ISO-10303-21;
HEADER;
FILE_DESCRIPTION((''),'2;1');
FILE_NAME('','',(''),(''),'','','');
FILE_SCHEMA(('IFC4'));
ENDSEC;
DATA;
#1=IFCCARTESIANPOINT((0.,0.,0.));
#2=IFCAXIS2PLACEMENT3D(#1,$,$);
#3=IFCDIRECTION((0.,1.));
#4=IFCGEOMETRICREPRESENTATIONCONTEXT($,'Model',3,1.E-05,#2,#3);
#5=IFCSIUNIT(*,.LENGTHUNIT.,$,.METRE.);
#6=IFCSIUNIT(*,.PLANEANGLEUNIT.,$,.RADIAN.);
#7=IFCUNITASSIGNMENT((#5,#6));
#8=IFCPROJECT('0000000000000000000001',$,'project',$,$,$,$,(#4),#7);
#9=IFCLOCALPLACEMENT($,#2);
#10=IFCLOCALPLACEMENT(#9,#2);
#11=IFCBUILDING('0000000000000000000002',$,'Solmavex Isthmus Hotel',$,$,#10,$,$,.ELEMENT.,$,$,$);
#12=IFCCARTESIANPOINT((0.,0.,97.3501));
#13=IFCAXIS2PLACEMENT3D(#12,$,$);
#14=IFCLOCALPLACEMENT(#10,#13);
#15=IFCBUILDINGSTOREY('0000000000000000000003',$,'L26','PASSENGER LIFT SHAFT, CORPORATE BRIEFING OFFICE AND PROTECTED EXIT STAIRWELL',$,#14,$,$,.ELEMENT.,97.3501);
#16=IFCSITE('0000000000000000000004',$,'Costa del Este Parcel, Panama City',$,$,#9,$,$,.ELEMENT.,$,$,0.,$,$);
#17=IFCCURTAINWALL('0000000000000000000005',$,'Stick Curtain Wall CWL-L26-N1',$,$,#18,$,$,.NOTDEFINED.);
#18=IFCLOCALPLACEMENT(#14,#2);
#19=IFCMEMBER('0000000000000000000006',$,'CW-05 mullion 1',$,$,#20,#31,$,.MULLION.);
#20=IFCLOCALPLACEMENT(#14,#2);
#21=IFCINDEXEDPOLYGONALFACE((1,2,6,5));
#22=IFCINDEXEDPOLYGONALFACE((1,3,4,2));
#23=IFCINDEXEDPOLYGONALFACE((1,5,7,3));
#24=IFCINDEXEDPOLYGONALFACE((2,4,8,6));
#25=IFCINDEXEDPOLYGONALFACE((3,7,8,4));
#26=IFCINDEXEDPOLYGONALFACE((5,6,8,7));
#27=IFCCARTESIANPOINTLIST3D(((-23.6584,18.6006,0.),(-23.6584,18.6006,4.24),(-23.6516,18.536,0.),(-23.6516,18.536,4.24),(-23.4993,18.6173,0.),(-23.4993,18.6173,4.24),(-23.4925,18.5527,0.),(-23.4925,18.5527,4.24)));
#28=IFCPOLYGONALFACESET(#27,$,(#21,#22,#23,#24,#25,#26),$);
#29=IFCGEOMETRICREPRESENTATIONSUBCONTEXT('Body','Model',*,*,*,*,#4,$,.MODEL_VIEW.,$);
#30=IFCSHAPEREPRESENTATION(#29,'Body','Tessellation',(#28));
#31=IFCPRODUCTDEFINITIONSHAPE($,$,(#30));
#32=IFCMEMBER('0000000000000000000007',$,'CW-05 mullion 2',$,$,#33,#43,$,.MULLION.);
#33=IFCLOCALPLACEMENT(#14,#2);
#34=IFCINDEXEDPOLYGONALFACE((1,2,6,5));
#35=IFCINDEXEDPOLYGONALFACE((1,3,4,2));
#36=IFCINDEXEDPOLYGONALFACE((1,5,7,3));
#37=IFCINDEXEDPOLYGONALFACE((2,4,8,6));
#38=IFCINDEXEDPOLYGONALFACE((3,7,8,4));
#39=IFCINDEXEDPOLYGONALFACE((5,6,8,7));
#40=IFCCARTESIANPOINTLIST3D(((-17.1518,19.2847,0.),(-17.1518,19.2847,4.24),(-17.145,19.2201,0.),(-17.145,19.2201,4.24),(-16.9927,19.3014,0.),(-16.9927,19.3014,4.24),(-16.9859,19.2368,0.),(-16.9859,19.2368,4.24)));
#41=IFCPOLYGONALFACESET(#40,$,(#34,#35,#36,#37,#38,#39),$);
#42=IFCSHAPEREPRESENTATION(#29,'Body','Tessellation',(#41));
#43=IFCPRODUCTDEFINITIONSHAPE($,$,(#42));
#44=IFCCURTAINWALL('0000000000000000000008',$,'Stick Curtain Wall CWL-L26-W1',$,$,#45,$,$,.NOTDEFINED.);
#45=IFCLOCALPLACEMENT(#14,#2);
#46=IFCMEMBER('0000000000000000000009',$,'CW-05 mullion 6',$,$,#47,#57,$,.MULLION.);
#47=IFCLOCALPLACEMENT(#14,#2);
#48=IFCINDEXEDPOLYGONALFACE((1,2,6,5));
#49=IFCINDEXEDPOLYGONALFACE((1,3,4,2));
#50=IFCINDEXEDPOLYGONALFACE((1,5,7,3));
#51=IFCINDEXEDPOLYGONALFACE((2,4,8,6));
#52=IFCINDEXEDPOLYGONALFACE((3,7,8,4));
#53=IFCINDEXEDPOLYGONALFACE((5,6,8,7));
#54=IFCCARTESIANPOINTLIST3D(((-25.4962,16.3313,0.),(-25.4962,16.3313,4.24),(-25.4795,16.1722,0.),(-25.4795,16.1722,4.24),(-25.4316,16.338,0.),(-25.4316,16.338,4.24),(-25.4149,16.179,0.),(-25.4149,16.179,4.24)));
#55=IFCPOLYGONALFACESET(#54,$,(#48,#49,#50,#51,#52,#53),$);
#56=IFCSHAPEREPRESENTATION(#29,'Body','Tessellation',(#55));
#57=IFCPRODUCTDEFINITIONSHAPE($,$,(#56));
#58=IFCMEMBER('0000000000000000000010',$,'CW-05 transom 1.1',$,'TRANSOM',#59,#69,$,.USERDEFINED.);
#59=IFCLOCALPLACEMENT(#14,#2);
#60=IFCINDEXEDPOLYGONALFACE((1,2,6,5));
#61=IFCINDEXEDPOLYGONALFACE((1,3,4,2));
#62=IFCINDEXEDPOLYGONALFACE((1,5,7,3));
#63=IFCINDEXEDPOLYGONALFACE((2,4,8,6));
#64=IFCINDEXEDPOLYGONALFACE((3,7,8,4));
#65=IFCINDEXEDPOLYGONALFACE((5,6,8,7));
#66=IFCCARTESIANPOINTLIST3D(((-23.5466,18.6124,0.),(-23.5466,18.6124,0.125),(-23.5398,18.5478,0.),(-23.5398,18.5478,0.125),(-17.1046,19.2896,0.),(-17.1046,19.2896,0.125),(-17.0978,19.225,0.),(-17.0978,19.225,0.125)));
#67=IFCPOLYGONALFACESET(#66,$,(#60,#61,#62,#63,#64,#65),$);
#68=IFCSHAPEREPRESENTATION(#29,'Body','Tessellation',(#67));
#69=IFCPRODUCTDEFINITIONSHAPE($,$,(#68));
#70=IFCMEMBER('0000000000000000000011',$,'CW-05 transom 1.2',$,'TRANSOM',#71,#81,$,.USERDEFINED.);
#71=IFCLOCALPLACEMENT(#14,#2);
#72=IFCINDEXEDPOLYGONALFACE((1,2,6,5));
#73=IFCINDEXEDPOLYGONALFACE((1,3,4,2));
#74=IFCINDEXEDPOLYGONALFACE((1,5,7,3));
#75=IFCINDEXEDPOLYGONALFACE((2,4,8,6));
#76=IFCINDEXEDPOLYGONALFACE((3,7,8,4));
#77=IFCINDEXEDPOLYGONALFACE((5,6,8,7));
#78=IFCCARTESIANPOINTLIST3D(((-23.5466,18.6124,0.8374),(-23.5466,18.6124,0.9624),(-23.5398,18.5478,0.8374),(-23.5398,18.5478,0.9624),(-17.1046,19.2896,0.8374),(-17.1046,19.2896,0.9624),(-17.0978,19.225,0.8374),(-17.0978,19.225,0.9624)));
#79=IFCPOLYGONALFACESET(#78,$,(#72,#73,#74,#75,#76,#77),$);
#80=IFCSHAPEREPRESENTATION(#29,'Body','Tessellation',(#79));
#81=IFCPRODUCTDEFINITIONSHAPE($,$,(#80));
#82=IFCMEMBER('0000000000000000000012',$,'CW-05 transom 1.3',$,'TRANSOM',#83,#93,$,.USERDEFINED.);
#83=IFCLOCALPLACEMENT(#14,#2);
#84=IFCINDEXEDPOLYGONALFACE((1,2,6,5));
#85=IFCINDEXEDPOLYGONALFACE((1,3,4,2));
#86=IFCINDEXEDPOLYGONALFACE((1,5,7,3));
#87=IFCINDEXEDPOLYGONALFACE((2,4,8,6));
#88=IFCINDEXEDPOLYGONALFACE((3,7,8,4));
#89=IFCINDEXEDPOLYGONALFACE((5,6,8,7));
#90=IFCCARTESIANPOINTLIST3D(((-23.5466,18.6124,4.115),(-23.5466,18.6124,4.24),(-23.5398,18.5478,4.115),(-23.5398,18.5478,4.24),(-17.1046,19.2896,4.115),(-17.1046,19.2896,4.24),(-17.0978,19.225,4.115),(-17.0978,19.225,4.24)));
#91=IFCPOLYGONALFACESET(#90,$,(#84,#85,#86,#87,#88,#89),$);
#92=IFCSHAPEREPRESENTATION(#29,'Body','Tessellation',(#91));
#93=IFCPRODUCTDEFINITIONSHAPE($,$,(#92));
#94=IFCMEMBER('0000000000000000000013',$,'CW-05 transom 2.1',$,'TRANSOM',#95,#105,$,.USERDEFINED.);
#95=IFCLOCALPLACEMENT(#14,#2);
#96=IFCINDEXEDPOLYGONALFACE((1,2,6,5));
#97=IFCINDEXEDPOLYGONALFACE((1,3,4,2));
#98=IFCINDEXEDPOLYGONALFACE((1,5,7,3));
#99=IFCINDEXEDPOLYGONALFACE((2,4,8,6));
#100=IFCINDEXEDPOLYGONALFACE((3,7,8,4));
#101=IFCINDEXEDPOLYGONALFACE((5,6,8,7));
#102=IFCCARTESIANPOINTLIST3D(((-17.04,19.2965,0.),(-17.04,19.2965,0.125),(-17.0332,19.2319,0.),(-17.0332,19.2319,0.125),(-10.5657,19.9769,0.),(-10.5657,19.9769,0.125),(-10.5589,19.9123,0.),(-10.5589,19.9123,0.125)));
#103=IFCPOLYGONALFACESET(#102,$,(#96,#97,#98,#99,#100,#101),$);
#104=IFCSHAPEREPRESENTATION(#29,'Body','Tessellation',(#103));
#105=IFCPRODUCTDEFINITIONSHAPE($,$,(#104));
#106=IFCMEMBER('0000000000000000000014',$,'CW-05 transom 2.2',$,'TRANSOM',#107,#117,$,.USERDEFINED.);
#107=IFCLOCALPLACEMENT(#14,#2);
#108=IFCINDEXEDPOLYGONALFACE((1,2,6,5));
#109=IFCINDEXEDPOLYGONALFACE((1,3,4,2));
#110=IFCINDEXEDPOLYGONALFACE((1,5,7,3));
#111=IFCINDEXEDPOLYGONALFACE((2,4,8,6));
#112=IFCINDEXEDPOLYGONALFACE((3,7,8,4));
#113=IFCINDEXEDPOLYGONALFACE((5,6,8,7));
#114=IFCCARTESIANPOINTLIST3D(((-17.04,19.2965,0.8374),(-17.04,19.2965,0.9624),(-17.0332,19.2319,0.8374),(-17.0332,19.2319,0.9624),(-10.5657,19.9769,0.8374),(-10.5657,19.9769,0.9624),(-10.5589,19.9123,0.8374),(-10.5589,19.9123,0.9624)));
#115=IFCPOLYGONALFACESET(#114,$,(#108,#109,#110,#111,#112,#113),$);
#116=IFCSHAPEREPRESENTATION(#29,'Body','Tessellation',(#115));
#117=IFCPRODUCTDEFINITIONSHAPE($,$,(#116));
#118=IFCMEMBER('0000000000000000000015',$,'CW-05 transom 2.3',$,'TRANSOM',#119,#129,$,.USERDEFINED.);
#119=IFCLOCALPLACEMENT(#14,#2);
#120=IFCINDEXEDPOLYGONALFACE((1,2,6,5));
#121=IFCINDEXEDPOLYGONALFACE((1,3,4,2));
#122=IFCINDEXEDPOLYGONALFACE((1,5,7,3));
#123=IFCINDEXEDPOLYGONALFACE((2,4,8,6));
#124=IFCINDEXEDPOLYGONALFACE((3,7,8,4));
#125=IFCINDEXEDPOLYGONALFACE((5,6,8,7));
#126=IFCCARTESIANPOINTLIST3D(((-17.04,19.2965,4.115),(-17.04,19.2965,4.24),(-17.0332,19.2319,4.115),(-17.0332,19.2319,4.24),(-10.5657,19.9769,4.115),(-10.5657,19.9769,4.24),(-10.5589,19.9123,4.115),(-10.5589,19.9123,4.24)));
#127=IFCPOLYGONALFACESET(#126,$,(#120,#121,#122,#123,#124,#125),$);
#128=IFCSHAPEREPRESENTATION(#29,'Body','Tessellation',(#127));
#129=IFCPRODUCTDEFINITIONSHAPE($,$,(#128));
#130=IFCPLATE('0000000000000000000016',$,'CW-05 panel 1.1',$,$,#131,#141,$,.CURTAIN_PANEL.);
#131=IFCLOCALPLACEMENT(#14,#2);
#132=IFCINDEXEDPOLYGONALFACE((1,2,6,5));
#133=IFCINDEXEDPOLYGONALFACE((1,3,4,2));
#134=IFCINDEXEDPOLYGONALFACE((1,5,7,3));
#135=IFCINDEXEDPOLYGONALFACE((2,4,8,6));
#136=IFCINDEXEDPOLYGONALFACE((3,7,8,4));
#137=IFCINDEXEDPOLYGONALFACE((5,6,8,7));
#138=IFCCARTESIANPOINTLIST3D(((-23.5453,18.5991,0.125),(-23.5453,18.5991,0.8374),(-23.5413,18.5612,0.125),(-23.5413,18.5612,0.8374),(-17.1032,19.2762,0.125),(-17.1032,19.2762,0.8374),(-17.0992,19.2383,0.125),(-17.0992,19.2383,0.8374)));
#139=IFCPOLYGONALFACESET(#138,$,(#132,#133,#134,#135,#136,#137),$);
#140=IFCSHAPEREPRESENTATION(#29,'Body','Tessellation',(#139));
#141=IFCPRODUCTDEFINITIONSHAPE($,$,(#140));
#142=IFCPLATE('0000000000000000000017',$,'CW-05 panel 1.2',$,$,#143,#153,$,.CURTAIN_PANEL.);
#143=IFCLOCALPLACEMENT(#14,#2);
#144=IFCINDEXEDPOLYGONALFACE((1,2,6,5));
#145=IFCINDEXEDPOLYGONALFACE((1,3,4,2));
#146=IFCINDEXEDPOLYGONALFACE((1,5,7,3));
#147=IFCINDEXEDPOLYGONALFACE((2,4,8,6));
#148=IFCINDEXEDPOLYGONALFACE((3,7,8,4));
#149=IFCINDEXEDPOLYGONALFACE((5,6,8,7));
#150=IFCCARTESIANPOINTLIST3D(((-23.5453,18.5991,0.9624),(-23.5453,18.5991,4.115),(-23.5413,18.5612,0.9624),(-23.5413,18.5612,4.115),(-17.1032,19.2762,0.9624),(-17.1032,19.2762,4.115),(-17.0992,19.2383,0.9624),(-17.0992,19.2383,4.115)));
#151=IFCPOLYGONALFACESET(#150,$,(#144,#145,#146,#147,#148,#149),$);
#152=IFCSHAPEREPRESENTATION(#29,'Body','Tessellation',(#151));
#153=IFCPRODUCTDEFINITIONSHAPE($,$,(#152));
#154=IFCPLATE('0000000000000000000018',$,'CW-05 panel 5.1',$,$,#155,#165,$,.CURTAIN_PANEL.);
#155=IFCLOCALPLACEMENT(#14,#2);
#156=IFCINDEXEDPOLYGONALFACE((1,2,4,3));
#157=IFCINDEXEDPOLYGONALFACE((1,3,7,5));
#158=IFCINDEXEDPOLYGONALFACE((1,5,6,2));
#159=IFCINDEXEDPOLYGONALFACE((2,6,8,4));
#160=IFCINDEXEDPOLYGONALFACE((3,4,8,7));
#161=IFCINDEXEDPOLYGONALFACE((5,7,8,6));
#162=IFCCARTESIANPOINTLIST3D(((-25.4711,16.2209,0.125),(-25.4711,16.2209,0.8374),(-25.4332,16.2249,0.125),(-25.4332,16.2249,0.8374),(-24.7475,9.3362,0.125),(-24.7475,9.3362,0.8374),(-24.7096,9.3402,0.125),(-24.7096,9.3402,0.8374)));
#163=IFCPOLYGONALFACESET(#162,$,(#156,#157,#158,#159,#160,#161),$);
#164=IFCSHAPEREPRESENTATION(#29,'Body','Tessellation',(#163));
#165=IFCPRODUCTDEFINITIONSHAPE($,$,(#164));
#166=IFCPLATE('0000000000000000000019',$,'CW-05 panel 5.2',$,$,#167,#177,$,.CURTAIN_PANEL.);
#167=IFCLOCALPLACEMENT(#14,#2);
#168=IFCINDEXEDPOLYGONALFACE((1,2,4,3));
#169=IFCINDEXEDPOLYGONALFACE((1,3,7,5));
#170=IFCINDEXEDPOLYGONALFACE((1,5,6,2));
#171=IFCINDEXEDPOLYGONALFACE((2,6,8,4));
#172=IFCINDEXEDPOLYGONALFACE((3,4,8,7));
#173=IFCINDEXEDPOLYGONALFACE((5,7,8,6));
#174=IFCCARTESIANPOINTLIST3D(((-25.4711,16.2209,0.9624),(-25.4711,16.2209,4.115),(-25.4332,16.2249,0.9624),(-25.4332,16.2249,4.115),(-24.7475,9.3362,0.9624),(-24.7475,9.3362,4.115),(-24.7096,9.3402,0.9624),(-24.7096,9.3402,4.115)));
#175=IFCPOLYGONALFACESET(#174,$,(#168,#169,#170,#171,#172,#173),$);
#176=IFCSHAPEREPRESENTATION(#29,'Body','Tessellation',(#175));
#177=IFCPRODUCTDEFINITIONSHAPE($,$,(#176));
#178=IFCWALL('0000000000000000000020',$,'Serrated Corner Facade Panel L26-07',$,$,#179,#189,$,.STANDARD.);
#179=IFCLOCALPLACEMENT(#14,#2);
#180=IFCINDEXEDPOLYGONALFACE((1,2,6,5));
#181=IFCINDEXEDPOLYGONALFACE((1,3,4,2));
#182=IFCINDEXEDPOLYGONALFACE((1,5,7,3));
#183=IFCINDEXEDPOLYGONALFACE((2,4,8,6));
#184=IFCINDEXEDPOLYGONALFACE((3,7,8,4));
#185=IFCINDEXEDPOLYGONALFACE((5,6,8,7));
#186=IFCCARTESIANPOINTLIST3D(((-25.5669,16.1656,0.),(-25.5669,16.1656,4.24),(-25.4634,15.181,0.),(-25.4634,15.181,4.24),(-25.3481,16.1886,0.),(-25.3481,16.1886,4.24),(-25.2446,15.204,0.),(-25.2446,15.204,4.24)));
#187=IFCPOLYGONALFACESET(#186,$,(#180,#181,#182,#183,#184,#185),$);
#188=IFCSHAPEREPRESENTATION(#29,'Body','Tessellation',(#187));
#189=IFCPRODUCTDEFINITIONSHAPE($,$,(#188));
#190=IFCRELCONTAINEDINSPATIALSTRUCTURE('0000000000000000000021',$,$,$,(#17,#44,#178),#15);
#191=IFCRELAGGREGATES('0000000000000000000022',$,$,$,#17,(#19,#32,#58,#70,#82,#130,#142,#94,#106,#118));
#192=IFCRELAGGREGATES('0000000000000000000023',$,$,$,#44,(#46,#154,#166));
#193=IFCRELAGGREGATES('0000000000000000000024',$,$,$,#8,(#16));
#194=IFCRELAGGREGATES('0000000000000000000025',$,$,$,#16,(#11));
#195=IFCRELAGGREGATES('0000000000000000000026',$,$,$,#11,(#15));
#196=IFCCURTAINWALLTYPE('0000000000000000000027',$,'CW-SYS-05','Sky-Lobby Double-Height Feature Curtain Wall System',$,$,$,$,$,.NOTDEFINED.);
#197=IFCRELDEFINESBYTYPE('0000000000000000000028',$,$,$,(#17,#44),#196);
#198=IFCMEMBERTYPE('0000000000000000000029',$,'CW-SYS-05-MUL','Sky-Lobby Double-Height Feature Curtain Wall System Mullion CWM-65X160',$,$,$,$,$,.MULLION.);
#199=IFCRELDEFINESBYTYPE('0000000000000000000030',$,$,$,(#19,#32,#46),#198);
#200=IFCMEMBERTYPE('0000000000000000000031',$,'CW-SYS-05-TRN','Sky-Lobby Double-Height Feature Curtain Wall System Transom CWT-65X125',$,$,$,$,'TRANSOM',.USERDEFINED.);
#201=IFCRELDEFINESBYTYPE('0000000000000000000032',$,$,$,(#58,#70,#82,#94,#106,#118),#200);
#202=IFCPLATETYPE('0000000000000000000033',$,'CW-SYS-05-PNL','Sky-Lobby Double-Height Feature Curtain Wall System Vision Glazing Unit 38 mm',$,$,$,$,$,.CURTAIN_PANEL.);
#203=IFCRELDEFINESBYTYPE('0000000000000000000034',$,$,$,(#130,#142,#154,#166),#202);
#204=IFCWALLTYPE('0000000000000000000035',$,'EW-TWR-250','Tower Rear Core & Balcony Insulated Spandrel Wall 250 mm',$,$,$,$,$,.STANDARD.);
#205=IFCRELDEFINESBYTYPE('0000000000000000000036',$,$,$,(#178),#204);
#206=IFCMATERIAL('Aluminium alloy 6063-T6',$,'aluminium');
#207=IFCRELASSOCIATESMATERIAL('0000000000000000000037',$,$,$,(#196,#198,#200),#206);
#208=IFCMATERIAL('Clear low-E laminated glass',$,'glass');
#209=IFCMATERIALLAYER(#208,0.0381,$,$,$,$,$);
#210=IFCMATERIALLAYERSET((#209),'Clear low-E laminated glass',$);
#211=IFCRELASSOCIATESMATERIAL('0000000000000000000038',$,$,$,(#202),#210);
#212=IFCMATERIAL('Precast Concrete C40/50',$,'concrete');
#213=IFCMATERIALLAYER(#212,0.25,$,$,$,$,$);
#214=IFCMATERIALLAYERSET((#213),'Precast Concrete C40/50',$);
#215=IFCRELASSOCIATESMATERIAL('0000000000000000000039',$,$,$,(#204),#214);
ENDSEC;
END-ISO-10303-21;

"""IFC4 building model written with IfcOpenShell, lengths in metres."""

from ifc_helpers import new_model, si_unit, direction, frame, frame_2d, origin, origin_2d, place, context, subcontext, project, spatial, rectangle, extrude, material, layer, layer_set, material_profile, profile_set, type_object, element, aggregate, save


model = new_model("IFC4")

# Units and contexts
model_context = context("Model", 3, precision=1e-05, world=origin(), true_north=direction((0.0, 1.0)))
body_context = subcontext(model_context, "Body", "Model", "MODEL_VIEW")
ifc_project = project(units=[si_unit("LENGTHUNIT", "METRE"), si_unit("PLANEANGLEUNIT", "RADIAN")], contexts=[model_context])

# Site, building, storey
site_placement = place(None, origin())
site = spatial("IfcSite", under=ifc_project, at=site_placement, Name="Costa del Este Parcel, Panama City", CompositionType="ELEMENT", RefElevation=0.0)
building_placement = place(site_placement, origin())
building = spatial("IfcBuilding", under=site, at=building_placement, Name="Solmavex Isthmus Hotel", CompositionType="ELEMENT")
storey_placement = place(building_placement, frame((0.0, 0.0, 97.3501)))
storey = spatial("IfcBuildingStorey", under=building, at=storey_placement, Name="L26", Description="PASSENGER LIFT SHAFT, CORPORATE BRIEFING OFFICE AND PROTECTED EXIT STAIRWELL", CompositionType="ELEMENT", Elevation=97.3501)

# Curtain wall, members
ifc_material_1 = material(Name="Aluminium alloy 6063-T6", Category="aluminium")
curtain_wall_type = type_object("IfcCurtainWallType", Name="CW-SYS-05", Description="Sky-Lobby Double-Height Feature Curtain Wall System", PredefinedType="NOTDEFINED", material=ifc_material_1)
curtain_wall_1_placement = place(storey_placement, origin())
curtain_wall_1 = element("IfcCurtainWall", 1, at=curtain_wall_1_placement, inside=storey, type_object=curtain_wall_type, Name="Stick Curtain Wall CWL-L26-N1", PredefinedType="NOTDEFINED")
ifc_material_profile_1 = material_profile(ifc_material_1, rectangle(XDim=0.0649, YDim=0.1599, at=origin_2d()), Name="CWM-65X160")
ifc_profile_set_1 = profile_set([ifc_material_profile_1], Name="Aluminium alloy 6063-T6")
member_type_1 = type_object("IfcMemberType", Name="CW-SYS-05-MUL", Description="Sky-Lobby Double-Height Feature Curtain Wall System Mullion CWM-65X160", PredefinedType="MULLION", material=ifc_profile_set_1)
member_1_placement = place(storey_placement, frame((-23.5754, 18.5767, 0.0), z_axis=(0.0, 0.0, 1.0), x_axis=(-0.104528, 0.994522, 0.0)))
member_1 = element("IfcMember", 2, at=member_1_placement, type_object=member_type_1, Name="CW-05 mullion 1", PredefinedType="MULLION", context=body_context, shape_type="SweptSolid", body=[
    extrude(rectangle(XDim=0.0649, YDim=0.1599, at=origin_2d()), origin(), (0.0, 0.0, 1.0), 4.24),
])
member_2_placement = place(storey_placement, frame((-17.0688, 19.2607, 0.0), z_axis=(0.0, 0.0, 1.0), x_axis=(-0.104528, 0.994522, 0.0)))
member_2 = element("IfcMember", 3, at=member_2_placement, type_object=member_type_1, Name="CW-05 mullion 2", PredefinedType="MULLION", context=body_context, shape_type="SweptSolid", body=[
    extrude(rectangle(XDim=0.0649, YDim=0.1599, at=origin_2d()), origin(), (0.0, 0.0, 1.0), 4.24),
])

# Curtain wall, member
curtain_wall_2_placement = place(storey_placement, origin())
curtain_wall_2 = element("IfcCurtainWall", 4, at=curtain_wall_2_placement, inside=storey, type_object=curtain_wall_type, Name="Stick Curtain Wall CWL-L26-W1", PredefinedType="NOTDEFINED")
member_3_placement = place(storey_placement, frame((-25.4556, 16.2551, 0.0), z_axis=(0.0, 0.0, 1.0), x_axis=(-0.994522, -0.104528, 0.0)))
member_3 = element("IfcMember", 5, at=member_3_placement, type_object=member_type_1, Name="CW-05 mullion 6", PredefinedType="MULLION", context=body_context, shape_type="SweptSolid", body=[
    extrude(rectangle(XDim=0.0649, YDim=0.1599, at=origin_2d()), origin(), (0.0, 0.0, 1.0), 4.24),
])

# Members
ifc_material_profile_2 = material_profile(ifc_material_1, rectangle(XDim=0.0649, YDim=0.125, at=origin_2d()), Name="CWT-65X125")
ifc_profile_set_2 = profile_set([ifc_material_profile_2], Name="Aluminium alloy 6063-T6")
member_type_2 = type_object("IfcMemberType", Name="CW-SYS-05-TRN", Description="Sky-Lobby Double-Height Feature Curtain Wall System Transom CWT-65X125", ElementType="TRANSOM", PredefinedType="USERDEFINED", material=ifc_profile_set_2)
member_4_placement = place(storey_placement, frame((-23.5432, 18.5801, 0.0625), z_axis=(0.994519, 0.104551, 0.0), x_axis=(-0.104551, 0.994519, 0.0)))
member_4 = element("IfcMember", 6, at=member_4_placement, type_object=member_type_2, Name="CW-05 transom 1.1", ObjectType="TRANSOM", PredefinedType="USERDEFINED", context=body_context, shape_type="SweptSolid", body=[
    extrude(rectangle(XDim=0.0649, YDim=0.125, at=origin_2d()), origin(), (0.0, 0.0, 1.0), 6.4775),
])
member_5_placement = place(storey_placement, frame((-23.5432, 18.5801, 0.8999), z_axis=(0.994519, 0.104551, 0.0), x_axis=(-0.104551, 0.994519, 0.0)))
member_5 = element("IfcMember", 7, at=member_5_placement, type_object=member_type_2, Name="CW-05 transom 1.2", ObjectType="TRANSOM", PredefinedType="USERDEFINED", context=body_context, shape_type="SweptSolid", body=[
    extrude(rectangle(XDim=0.0649, YDim=0.125, at=origin_2d()), origin(), (0.0, 0.0, 1.0), 6.4775),
])
member_6_placement = place(storey_placement, frame((-23.5432, 18.5801, 4.1775), z_axis=(0.994519, 0.104551, 0.0), x_axis=(-0.104551, 0.994519, 0.0)))
member_6 = element("IfcMember", 8, at=member_6_placement, type_object=member_type_2, Name="CW-05 transom 1.3", ObjectType="TRANSOM", PredefinedType="USERDEFINED", context=body_context, shape_type="SweptSolid", body=[
    extrude(rectangle(XDim=0.0649, YDim=0.125, at=origin_2d()), origin(), (0.0, 0.0, 1.0), 6.4775),
])
member_7_placement = place(storey_placement, frame((-17.0366, 19.2642, 0.0625), z_axis=(0.994523, 0.104519, 0.0), x_axis=(-0.104519, 0.994523, 0.0)))
member_7 = element("IfcMember", 9, at=member_7_placement, type_object=member_type_2, Name="CW-05 transom 2.1", ObjectType="TRANSOM", PredefinedType="USERDEFINED", context=body_context, shape_type="SweptSolid", body=[
    extrude(rectangle(XDim=0.0649, YDim=0.125, at=origin_2d()), origin(), (0.0, 0.0, 1.0), 6.51),
])
member_8_placement = place(storey_placement, frame((-17.0366, 19.2642, 0.8999), z_axis=(0.994523, 0.104519, 0.0), x_axis=(-0.104519, 0.994523, 0.0)))
member_8 = element("IfcMember", 10, at=member_8_placement, type_object=member_type_2, Name="CW-05 transom 2.2", ObjectType="TRANSOM", PredefinedType="USERDEFINED", context=body_context, shape_type="SweptSolid", body=[
    extrude(rectangle(XDim=0.0649, YDim=0.125, at=origin_2d()), origin(), (0.0, 0.0, 1.0), 6.51),
])
member_9_placement = place(storey_placement, frame((-17.0366, 19.2642, 4.1775), z_axis=(0.994523, 0.104519, 0.0), x_axis=(-0.104519, 0.994523, 0.0)))
member_9 = element("IfcMember", 11, at=member_9_placement, type_object=member_type_2, Name="CW-05 transom 2.3", ObjectType="TRANSOM", PredefinedType="USERDEFINED", context=body_context, shape_type="SweptSolid", body=[
    extrude(rectangle(XDim=0.0649, YDim=0.125, at=origin_2d()), origin(), (0.0, 0.0, 1.0), 6.51),
])

# Plates
ifc_material_2 = material(Name="Clear low-E laminated glass", Category="glass")
ifc_layer_1 = layer(ifc_material_2, 0.0381)
ifc_layer_set_1 = layer_set([ifc_layer_1], Name="Clear low-E laminated glass")
plate_type = type_object("IfcPlateType", Name="CW-SYS-05-PNL", Description="Sky-Lobby Double-Height Feature Curtain Wall System Vision Glazing Unit 38 mm", PredefinedType="CURTAIN_PANEL", material=ifc_layer_set_1)
plate_1_placement = place(storey_placement, frame((-20.3223, 18.9187, 0.125), z_axis=(0.0, 0.0, 1.0), x_axis=(0.994522, 0.104528, 0.0)))
plate_1 = element("IfcPlate", 12, at=plate_1_placement, type_object=plate_type, Name="CW-05 panel 1.1", PredefinedType="CURTAIN_PANEL", context=body_context, shape_type="SweptSolid", body=[
    extrude(rectangle(XDim=6.4775, YDim=0.0381, at=origin_2d()), origin(), (0.0, 0.0, 1.0), 0.7124),
])
plate_2_placement = place(storey_placement, frame((-20.3223, 18.9187, 0.9624), z_axis=(0.0, 0.0, 1.0), x_axis=(0.994522, 0.104528, 0.0)))
plate_2 = element("IfcPlate", 13, at=plate_2_placement, type_object=plate_type, Name="CW-05 panel 1.2", PredefinedType="CURTAIN_PANEL", context=body_context, shape_type="SweptSolid", body=[
    extrude(rectangle(XDim=6.4775, YDim=0.0381, at=origin_2d()), origin(), (0.0, 0.0, 1.0), 3.1526),
])
aggregate(curtain_wall_1, [member_1, member_2, member_4, member_5, member_6, plate_1, plate_2, member_7, member_8, member_9])
plate_3_placement = place(storey_placement, frame((-25.0903, 12.7805, 0.125), z_axis=(0.0, 0.0, 1.0), x_axis=(-0.104528, 0.994522, 0.0)))
plate_3 = element("IfcPlate", 14, at=plate_3_placement, type_object=plate_type, Name="CW-05 panel 5.1", PredefinedType="CURTAIN_PANEL", context=body_context, shape_type="SweptSolid", body=[
    extrude(rectangle(XDim=6.9226, YDim=0.0381, at=origin_2d()), origin(), (0.0, 0.0, 1.0), 0.7124),
])
plate_4_placement = place(storey_placement, frame((-25.0903, 12.7805, 0.9624), z_axis=(0.0, 0.0, 1.0), x_axis=(-0.104528, 0.994522, 0.0)))
plate_4 = element("IfcPlate", 15, at=plate_4_placement, type_object=plate_type, Name="CW-05 panel 5.2", PredefinedType="CURTAIN_PANEL", context=body_context, shape_type="SweptSolid", body=[
    extrude(rectangle(XDim=6.9226, YDim=0.0381, at=origin_2d()), origin(), (0.0, 0.0, 1.0), 3.1526),
])
aggregate(curtain_wall_2, [member_3, plate_3, plate_4])

# Wall
ifc_material_3 = material(Name="Precast Concrete C40/50", Category="concrete")
ifc_layer_2 = layer(ifc_material_3, 0.25)
ifc_layer_set_2 = layer_set([ifc_layer_2], Name="Precast Concrete C40/50")
wall_type = type_object("IfcWallType", Name="EW-TWR-250", Description="Tower Rear Core & Balcony Insulated Spandrel Wall 250 mm", PredefinedType="STANDARD", material=ifc_layer_set_2)
wall_1_placement = place(storey_placement, frame((-25.354, 15.1924, 0.0), z_axis=(0.0, 0.0, 1.0), x_axis=(-0.104556, 0.994519, 0.0)))
element("IfcWall", 16, at=wall_1_placement, inside=storey, type_object=wall_type, Name="Serrated Corner Facade Panel L26-07", PredefinedType="STANDARD", context=body_context, shape_type="SweptSolid", body=[
    extrude(rectangle(XDim=0.99, YDim=0.22, at=frame_2d((0.4951, 0.0))), origin(), (0.0, 0.0, 1.0), 4.24),
])

save(model, "model.ifc")
